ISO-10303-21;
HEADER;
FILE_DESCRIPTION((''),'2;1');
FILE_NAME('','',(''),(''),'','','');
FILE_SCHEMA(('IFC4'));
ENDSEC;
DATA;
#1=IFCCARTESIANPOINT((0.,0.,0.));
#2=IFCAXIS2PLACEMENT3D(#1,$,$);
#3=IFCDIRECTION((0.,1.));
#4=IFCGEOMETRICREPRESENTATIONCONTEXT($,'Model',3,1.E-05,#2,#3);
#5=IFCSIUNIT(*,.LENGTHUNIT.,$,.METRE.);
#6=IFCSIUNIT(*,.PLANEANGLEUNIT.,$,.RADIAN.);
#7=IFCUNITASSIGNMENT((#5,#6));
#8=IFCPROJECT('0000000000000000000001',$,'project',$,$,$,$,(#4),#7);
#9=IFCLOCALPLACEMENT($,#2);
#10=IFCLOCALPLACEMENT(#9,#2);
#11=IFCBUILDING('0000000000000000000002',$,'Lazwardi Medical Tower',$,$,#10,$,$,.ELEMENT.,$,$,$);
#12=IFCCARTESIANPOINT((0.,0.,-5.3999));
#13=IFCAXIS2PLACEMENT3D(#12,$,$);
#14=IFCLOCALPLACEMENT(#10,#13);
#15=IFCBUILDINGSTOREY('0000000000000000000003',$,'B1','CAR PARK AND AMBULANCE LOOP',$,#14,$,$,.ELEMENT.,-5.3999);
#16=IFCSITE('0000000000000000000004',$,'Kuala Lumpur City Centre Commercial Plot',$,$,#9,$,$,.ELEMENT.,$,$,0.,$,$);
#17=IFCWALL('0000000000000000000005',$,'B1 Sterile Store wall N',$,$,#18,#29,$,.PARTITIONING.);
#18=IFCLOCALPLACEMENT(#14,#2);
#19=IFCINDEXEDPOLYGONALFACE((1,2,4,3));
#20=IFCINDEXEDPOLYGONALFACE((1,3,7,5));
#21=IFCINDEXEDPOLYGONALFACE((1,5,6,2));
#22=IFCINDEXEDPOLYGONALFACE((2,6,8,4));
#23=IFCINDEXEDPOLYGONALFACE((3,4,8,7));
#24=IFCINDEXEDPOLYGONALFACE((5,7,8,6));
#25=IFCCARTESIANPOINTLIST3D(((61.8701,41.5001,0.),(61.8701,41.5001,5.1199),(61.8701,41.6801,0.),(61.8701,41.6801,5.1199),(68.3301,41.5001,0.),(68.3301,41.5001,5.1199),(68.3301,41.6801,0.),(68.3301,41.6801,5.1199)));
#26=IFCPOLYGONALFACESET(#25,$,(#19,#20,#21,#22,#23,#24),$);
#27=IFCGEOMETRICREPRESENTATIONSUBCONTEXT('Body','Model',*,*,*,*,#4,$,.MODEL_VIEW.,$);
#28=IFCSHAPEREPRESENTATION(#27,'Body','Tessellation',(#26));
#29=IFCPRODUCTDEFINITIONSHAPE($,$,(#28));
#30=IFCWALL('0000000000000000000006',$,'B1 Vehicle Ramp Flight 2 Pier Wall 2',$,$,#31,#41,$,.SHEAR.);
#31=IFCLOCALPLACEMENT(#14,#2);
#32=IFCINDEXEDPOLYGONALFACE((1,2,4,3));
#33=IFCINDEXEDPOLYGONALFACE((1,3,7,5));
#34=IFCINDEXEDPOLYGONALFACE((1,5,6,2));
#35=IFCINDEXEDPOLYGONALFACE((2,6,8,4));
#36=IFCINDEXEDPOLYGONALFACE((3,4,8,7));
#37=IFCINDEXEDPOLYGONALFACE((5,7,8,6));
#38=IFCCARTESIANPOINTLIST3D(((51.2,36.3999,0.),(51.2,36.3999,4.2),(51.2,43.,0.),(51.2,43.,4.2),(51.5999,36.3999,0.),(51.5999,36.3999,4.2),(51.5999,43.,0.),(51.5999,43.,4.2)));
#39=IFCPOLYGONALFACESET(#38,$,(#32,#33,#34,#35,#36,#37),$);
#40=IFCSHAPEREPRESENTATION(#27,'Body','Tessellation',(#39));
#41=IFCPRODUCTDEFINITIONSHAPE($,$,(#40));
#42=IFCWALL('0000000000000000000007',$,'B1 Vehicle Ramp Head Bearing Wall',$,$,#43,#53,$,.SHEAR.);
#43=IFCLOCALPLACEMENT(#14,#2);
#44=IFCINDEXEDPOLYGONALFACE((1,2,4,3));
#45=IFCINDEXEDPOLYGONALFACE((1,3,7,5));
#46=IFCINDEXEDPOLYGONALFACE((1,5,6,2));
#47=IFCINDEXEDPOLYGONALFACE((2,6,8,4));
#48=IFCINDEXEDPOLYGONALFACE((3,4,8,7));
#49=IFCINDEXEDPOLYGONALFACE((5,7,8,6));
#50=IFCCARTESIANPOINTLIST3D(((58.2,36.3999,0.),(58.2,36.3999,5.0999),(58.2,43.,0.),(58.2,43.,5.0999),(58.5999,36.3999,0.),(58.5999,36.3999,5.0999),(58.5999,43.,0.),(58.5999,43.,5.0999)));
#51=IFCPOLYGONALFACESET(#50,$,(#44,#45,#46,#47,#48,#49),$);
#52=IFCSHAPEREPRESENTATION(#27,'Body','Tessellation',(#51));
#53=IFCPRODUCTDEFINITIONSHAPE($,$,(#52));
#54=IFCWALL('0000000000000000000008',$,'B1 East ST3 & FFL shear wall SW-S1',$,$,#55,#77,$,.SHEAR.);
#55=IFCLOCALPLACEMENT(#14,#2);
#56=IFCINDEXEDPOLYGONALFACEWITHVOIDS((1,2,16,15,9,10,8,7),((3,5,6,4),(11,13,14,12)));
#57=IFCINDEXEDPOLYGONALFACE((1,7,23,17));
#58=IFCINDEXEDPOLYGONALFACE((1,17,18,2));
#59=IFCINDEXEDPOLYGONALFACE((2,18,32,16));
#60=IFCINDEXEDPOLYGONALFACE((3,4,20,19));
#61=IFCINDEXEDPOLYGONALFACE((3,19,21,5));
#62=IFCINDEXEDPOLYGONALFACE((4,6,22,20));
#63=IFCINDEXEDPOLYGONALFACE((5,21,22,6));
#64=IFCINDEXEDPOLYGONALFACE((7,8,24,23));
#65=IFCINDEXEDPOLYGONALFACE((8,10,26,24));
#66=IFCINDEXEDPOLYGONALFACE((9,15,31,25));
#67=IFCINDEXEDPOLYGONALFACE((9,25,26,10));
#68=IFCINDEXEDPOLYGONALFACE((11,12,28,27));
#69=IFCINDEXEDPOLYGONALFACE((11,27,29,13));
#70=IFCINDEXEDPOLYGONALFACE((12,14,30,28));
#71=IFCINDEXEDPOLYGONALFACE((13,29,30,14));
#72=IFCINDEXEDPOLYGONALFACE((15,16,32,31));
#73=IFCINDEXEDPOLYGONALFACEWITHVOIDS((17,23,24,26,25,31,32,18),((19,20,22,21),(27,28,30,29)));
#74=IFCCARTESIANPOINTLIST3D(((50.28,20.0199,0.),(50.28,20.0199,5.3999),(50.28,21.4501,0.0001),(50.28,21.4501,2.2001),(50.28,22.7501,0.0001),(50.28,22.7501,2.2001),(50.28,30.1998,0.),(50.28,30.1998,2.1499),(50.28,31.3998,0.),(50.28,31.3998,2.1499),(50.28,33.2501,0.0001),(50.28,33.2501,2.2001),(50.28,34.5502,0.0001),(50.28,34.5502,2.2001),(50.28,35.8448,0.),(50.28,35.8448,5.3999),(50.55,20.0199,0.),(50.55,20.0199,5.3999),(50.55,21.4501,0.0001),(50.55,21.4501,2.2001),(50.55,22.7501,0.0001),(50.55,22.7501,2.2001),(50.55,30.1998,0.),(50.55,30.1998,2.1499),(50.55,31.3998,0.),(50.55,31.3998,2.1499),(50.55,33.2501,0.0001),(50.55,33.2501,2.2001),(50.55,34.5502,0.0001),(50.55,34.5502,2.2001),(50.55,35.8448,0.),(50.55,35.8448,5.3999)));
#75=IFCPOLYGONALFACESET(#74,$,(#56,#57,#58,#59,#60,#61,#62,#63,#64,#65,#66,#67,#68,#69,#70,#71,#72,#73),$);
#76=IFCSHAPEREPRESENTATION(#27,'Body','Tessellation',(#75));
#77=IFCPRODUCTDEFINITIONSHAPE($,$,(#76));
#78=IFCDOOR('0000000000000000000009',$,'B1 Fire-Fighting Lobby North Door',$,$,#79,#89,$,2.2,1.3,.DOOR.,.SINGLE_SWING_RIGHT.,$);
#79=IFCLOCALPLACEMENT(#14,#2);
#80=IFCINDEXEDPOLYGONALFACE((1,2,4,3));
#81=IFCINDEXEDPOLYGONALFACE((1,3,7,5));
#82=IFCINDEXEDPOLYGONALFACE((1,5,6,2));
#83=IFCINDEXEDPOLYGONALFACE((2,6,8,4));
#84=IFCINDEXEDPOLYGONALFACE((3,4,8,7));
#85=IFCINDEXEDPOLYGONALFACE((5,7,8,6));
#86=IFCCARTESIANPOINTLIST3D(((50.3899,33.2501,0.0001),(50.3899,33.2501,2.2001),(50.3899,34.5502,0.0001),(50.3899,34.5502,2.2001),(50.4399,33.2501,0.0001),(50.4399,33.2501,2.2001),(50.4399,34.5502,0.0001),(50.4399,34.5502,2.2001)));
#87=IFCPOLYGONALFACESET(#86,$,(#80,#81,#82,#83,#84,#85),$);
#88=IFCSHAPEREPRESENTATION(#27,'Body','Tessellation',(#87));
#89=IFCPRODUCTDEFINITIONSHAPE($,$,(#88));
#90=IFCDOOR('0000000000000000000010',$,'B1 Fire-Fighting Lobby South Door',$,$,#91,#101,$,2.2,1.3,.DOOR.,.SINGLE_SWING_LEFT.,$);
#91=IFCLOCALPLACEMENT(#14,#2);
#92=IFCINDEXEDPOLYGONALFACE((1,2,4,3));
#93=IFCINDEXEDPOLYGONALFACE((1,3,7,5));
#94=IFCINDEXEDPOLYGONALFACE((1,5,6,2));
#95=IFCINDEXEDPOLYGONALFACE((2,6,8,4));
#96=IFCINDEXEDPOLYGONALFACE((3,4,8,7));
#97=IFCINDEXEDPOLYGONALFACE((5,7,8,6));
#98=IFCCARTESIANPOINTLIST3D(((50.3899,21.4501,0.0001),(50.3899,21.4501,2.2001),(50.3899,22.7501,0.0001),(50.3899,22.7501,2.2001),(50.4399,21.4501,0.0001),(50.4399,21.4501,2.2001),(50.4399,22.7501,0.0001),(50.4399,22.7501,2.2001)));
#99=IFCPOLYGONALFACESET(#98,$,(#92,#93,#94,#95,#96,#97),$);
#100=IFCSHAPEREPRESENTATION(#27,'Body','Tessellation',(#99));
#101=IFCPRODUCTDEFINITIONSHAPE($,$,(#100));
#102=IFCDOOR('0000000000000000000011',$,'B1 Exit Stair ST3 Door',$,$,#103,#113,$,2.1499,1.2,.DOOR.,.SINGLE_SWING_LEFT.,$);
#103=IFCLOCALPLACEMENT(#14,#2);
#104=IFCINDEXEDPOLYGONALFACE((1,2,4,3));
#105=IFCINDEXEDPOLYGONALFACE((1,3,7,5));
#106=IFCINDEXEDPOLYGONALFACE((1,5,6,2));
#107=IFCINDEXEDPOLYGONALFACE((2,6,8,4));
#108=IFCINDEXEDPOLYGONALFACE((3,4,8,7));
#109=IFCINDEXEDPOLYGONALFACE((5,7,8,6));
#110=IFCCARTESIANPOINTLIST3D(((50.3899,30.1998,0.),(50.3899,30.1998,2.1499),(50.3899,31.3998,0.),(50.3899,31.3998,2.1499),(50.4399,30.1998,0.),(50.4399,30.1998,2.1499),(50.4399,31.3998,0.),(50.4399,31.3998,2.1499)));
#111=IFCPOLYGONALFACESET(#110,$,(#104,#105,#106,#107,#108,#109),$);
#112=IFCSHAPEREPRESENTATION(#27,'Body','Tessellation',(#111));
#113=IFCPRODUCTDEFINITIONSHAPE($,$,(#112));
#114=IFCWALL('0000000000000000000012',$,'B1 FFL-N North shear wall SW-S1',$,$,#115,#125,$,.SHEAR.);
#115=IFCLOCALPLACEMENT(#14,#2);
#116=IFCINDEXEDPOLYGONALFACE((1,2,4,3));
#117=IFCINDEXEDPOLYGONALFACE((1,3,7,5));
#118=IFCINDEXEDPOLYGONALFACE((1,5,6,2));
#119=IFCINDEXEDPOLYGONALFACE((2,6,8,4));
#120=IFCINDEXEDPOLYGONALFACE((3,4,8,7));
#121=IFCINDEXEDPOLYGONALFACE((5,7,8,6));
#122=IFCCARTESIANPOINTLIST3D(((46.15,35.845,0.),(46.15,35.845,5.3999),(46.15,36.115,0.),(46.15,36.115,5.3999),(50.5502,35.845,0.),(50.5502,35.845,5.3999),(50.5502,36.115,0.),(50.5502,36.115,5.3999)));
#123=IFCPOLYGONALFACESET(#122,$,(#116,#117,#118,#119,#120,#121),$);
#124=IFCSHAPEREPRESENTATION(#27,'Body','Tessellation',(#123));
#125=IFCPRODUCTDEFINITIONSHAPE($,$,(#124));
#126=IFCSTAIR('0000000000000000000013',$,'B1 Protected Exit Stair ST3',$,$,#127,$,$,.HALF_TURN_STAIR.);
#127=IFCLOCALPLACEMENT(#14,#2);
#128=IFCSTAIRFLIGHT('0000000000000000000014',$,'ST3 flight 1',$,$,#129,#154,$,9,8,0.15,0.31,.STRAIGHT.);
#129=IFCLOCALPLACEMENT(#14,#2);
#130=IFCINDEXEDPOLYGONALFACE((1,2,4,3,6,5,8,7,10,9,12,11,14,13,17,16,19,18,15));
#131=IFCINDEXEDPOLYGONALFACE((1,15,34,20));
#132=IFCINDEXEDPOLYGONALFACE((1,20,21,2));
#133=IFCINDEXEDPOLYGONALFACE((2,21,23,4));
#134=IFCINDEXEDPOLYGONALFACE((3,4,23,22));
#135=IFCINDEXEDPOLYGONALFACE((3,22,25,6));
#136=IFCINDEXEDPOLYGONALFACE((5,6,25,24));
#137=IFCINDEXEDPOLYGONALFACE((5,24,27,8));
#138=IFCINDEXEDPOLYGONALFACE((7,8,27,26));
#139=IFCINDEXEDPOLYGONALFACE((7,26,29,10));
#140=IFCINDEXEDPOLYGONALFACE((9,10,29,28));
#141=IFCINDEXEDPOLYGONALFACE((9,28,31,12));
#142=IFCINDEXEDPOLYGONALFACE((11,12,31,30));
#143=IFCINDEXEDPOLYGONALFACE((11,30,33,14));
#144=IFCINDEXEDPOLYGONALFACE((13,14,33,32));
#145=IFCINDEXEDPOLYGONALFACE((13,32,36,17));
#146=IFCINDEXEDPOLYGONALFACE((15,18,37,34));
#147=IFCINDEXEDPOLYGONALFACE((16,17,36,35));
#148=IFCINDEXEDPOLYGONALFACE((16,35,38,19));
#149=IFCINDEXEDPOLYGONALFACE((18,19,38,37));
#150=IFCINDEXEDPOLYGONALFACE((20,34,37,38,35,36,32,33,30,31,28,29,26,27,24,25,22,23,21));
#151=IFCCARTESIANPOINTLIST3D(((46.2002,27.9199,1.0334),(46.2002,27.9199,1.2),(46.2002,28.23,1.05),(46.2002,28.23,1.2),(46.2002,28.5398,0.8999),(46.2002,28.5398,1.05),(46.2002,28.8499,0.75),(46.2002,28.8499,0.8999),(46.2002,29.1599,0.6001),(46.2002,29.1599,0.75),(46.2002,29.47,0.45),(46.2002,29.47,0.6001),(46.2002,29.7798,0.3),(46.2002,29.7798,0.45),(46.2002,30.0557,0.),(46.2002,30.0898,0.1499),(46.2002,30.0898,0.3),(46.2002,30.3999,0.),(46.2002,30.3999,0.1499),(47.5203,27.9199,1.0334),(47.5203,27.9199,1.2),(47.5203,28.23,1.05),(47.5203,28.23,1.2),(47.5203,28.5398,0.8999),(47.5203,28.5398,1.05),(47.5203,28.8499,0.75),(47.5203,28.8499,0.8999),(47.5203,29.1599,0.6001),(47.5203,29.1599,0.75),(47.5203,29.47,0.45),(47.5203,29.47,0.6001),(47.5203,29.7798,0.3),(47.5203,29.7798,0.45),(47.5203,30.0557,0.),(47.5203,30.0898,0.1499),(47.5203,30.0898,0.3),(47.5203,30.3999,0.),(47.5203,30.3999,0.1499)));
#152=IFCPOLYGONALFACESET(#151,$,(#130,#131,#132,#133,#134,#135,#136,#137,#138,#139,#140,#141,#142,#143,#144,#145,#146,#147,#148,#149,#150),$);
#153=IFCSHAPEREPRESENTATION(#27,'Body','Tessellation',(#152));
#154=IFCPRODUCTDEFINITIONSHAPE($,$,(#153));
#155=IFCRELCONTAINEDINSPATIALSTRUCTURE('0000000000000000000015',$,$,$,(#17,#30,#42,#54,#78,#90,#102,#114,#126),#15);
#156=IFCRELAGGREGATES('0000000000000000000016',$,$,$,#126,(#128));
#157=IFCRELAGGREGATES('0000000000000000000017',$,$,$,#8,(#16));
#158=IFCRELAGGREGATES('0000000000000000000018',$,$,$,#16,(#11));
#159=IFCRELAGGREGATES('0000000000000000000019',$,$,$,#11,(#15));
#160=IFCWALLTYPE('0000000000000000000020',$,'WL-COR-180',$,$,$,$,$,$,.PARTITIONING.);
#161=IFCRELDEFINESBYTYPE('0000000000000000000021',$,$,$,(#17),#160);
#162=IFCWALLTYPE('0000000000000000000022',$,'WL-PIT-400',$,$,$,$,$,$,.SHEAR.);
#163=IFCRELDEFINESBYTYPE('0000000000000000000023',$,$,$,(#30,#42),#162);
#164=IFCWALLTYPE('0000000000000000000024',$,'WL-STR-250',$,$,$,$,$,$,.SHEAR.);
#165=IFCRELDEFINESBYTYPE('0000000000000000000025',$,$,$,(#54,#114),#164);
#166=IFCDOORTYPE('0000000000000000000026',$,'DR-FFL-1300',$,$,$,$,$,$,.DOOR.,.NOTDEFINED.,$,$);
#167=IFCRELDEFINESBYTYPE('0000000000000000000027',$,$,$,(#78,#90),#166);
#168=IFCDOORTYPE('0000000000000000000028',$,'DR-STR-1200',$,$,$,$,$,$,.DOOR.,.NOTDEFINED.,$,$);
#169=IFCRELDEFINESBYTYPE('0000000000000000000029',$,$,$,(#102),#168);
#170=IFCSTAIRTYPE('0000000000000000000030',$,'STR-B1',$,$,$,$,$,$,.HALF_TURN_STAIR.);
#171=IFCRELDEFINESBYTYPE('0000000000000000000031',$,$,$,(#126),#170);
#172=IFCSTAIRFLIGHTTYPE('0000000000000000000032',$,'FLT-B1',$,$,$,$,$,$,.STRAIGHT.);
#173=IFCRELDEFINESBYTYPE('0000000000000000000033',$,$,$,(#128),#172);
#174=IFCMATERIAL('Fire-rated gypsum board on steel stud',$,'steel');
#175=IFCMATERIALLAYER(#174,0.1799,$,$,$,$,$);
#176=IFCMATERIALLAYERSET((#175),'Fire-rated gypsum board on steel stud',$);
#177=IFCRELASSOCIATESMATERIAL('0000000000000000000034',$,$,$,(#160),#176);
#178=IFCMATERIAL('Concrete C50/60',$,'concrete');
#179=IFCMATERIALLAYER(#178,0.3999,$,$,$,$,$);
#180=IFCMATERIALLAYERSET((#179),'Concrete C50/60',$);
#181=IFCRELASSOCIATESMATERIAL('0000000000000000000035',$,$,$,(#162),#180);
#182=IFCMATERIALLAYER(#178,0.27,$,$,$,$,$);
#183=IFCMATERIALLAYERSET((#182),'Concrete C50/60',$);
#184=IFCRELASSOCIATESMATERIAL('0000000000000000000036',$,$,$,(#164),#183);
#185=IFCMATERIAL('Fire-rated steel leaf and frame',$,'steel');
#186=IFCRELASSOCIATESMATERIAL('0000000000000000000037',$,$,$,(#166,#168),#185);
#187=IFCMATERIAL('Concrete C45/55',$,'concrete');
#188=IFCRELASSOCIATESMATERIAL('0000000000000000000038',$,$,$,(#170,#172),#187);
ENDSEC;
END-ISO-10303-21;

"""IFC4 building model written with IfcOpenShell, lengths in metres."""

from ifc_helpers import new_model, si_unit, direction, frame, frame_2d, origin, place, context, subcontext, project, spatial, polyline, rectangle, outline, extrude, material, layer, layer_set, type_object, element, fill, aggregate, save


model = new_model("IFC4")

# Units and contexts
model_context = context("Model", 3, precision=1e-05, world=origin(), true_north=direction((0.0, 1.0)))
body_context = subcontext(model_context, "Body", "Model", "MODEL_VIEW")
ifc_project = project(units=[si_unit("LENGTHUNIT", "METRE"), si_unit("PLANEANGLEUNIT", "RADIAN")], contexts=[model_context])

# Site, building, storey
site_placement = place(None, origin())
site = spatial("IfcSite", under=ifc_project, at=site_placement, Name="Kuala Lumpur City Centre Commercial Plot", CompositionType="ELEMENT", RefElevation=0.0)
building_placement = place(site_placement, origin())
building = spatial("IfcBuilding", under=site, at=building_placement, Name="Lazwardi Medical Tower", CompositionType="ELEMENT")
storey_placement = place(building_placement, frame((0.0, 0.0, -5.3999)))
storey = spatial("IfcBuildingStorey", under=building, at=storey_placement, Name="B1", Description="CAR PARK AND AMBULANCE LOOP", CompositionType="ELEMENT", Elevation=-5.3999)

# Shared definitions
ifc_material_1 = material(Name="Concrete C50/60", Category="concrete")

# Walls
ifc_material_2 = material(Name="Fire-rated gypsum board on steel stud", Category="steel")
ifc_layer_1 = layer(ifc_material_2, 0.1799)
ifc_layer_set_1 = layer_set([ifc_layer_1], Name="Fire-rated gypsum board on steel stud")
wall_type_1 = type_object("IfcWallType", Name="WL-COR-180", PredefinedType="PARTITIONING", material=ifc_layer_set_1)
wall_1_placement = place(storey_placement, frame((61.8701, 41.5901, 0.0), z_axis=(0.0, 0.0, 1.0), x_axis=(1.0, 0.0, 0.0)))
element("IfcWall", 1, at=wall_1_placement, inside=storey, type_object=wall_type_1, Name="B1 Sterile Store wall N", PredefinedType="PARTITIONING", context=body_context, shape_type="SweptSolid", body=[
    extrude(rectangle(XDim=6.46, YDim=0.1799, at=frame_2d((3.23, 0.0))), origin(), (0.0, 0.0, 1.0), 5.1199),
])
ifc_layer_2 = layer(ifc_material_1, 0.3999)
ifc_layer_set_2 = layer_set([ifc_layer_2], Name="Concrete C50/60")
wall_type_2 = type_object("IfcWallType", Name="WL-PIT-400", PredefinedType="SHEAR", material=ifc_layer_set_2)
wall_2_placement = place(storey_placement, frame((51.3999, 36.3999, 0.0), z_axis=(0.0, 0.0, 1.0), x_axis=(0.0, 1.0, 0.0)))
element("IfcWall", 2, at=wall_2_placement, inside=storey, type_object=wall_type_2, Name="B1 Vehicle Ramp Flight 2 Pier Wall 2", PredefinedType="SHEAR", context=body_context, shape_type="SweptSolid", body=[
    extrude(rectangle(XDim=6.6001, YDim=0.3999, at=frame_2d((3.3, 0.0))), origin(), (0.0, 0.0, 1.0), 4.2),
])
wall_3_placement = place(storey_placement, frame((58.3999, 36.3999, 0.0), z_axis=(0.0, 0.0, 1.0), x_axis=(0.0, 1.0, 0.0)))
element("IfcWall", 3, at=wall_3_placement, inside=storey, type_object=wall_type_2, Name="B1 Vehicle Ramp Head Bearing Wall", PredefinedType="SHEAR", context=body_context, shape_type="SweptSolid", body=[
    extrude(rectangle(XDim=6.6001, YDim=0.3999, at=frame_2d((3.3, 0.0))), origin(), (0.0, 0.0, 1.0), 5.0999),
])

# Wall, openings, doors
ifc_layer_3 = layer(ifc_material_1, 0.27)
ifc_layer_set_3 = layer_set([ifc_layer_3], Name="Concrete C50/60")
wall_type_3 = type_object("IfcWallType", Name="WL-STR-250", PredefinedType="SHEAR", material=ifc_layer_set_3)
wall_4_placement = place(storey_placement, frame((50.415, 35.845, 0.0), z_axis=(0.0, 0.0, 1.0), x_axis=(0.0, -1.0, 0.0)))
wall_4 = element("IfcWall", 4, at=wall_4_placement, inside=storey, type_object=wall_type_3, Name="B1 East ST3 & FFL shear wall SW-S1", PredefinedType="SHEAR", context=body_context, shape_type="SweptSolid", body=[
    extrude(rectangle(XDim=15.825, YDim=0.27, at=frame_2d((7.9126, 0.0))), origin(), (0.0, 0.0, 1.0), 5.3999),
])
opening_1_placement = place(wall_4_placement, frame((4.4451, 0.0, 0.0)))
opening_1 = element("IfcOpeningElement", 5, at=opening_1_placement, cuts=wall_4, PredefinedType="OPENING", context=body_context, shape_type="SweptSolid", body=[
    extrude(rectangle(XDim=1.2, YDim=2.1499, at=frame_2d((0.6001, 1.075))), frame((0.0, 0.145, 0.0), z_axis=(0.0, -1.0, 0.0), x_axis=(1.0, 0.0, 0.0)), (0.0, 0.0, 1.0), 0.29),
])
opening_2_placement = place(wall_4_placement, frame((1.2949, 0.0, 0.0)))
opening_2 = element("IfcOpeningElement", 6, at=opening_2_placement, cuts=wall_4, PredefinedType="OPENING", context=body_context, shape_type="SweptSolid", body=[
    extrude(rectangle(XDim=1.3, YDim=2.2, at=frame_2d((0.6499, 1.1001))), frame((0.0, 0.145, 0.0), z_axis=(0.0, -1.0, 0.0), x_axis=(1.0, 0.0, 0.0)), (0.0, 0.0, 1.0), 0.29),
])
opening_3_placement = place(wall_4_placement, frame((13.095, 0.0, 0.0)))
opening_3 = element("IfcOpeningElement", 7, at=opening_3_placement, cuts=wall_4, PredefinedType="OPENING", context=body_context, shape_type="SweptSolid", body=[
    extrude(rectangle(XDim=1.3, YDim=2.2, at=frame_2d((0.6499, 1.1001))), frame((0.0, 0.145, 0.0), z_axis=(0.0, -1.0, 0.0), x_axis=(1.0, 0.0, 0.0)), (0.0, 0.0, 1.0), 0.29),
])
ifc_material_3 = material(Name="Fire-rated steel leaf and frame", Category="steel")
door_type_1 = type_object("IfcDoorType", Name="DR-FFL-1300", OperationType="NOTDEFINED", PredefinedType="DOOR", material=ifc_material_3)
door_1_placement = place(opening_2_placement, origin())
door_1 = element("IfcDoor", 8, at=door_1_placement, inside=storey, type_object=door_type_1, Name="B1 Fire-Fighting Lobby North Door", OperationType="SINGLE_SWING_RIGHT", OverallHeight=2.2, OverallWidth=1.3, PredefinedType="DOOR", context=body_context, shape_type="SweptSolid", body=[
    extrude(rectangle(XDim=1.3, YDim=2.2, at=frame_2d((0.6499, 1.1001))), frame((0.0, 0.0249, 0.0), z_axis=(0.0, -1.0, 0.0), x_axis=(1.0, 0.0, 0.0)), (0.0, 0.0, 1.0), 0.05),
])
fill(opening_2, door_1)
door_2_placement = place(opening_3_placement, origin())
door_2 = element("IfcDoor", 9, at=door_2_placement, inside=storey, type_object=door_type_1, Name="B1 Fire-Fighting Lobby South Door", OperationType="SINGLE_SWING_LEFT", OverallHeight=2.2, OverallWidth=1.3, PredefinedType="DOOR", context=body_context, shape_type="SweptSolid", body=[
    extrude(rectangle(XDim=1.3, YDim=2.2, at=frame_2d((0.6499, 1.1001))), frame((0.0, 0.0249, 0.0), z_axis=(0.0, -1.0, 0.0), x_axis=(1.0, 0.0, 0.0)), (0.0, 0.0, 1.0), 0.05),
])
fill(opening_3, door_2)
door_type_2 = type_object("IfcDoorType", Name="DR-STR-1200", OperationType="NOTDEFINED", PredefinedType="DOOR", material=ifc_material_3)
door_3_placement = place(opening_1_placement, origin())
door_3 = element("IfcDoor", 10, at=door_3_placement, inside=storey, type_object=door_type_2, Name="B1 Exit Stair ST3 Door", OperationType="SINGLE_SWING_LEFT", OverallHeight=2.1499, OverallWidth=1.2, PredefinedType="DOOR", context=body_context, shape_type="SweptSolid", body=[
    extrude(rectangle(XDim=1.2, YDim=2.1499, at=frame_2d((0.6001, 1.075))), frame((0.0, 0.0249, 0.0), z_axis=(0.0, -1.0, 0.0), x_axis=(1.0, 0.0, 0.0)), (0.0, 0.0, 1.0), 0.05),
])
fill(opening_1, door_3)

# Wall
wall_5_placement = place(storey_placement, frame((46.1499, 35.98, 0.0), z_axis=(0.0, 0.0, 1.0), x_axis=(1.0, 0.0, 0.0)))
element("IfcWall", 11, at=wall_5_placement, inside=storey, type_object=wall_type_3, Name="B1 FFL-N North shear wall SW-S1", PredefinedType="SHEAR", context=body_context, shape_type="SweptSolid", body=[
    extrude(rectangle(XDim=4.4001, YDim=0.27, at=frame_2d((2.2002, 0.0))), origin(), (0.0, 0.0, 1.0), 5.3999),
])

# Stair, stair flight
ifc_material_4 = material(Name="Concrete C45/55", Category="concrete")
stair_type = type_object("IfcStairType", Name="STR-B1", PredefinedType="HALF_TURN_STAIR", material=ifc_material_4)
stair_placement = place(storey_placement, origin())
stair = element("IfcStair", 12, at=stair_placement, inside=storey, type_object=stair_type, Name="B1 Protected Exit Stair ST3", PredefinedType="HALF_TURN_STAIR")
stair_flight_type = type_object("IfcStairFlightType", Name="FLT-B1", PredefinedType="STRAIGHT", material=ifc_material_4)
stair_flight_1_placement = place(storey_placement, frame((46.8601, 30.3999, 0.0), z_axis=(0.0, 0.0, 1.0), x_axis=(0.0, -1.0, 0.0)))
stair_flight_1 = element("IfcStairFlight", 13, at=stair_flight_1_placement, type_object=stair_flight_type, Name="ST3 flight 1", NumberOfRisers=9, NumberOfTreads=8, PredefinedType="STRAIGHT", RiserHeight=0.15, TreadLength=0.31, context=body_context, shape_type="SweptSolid", body=[
    extrude(outline(polyline([(0.0, 0.0), (0.0, 0.1499), (0.3101, 0.1499), (0.3101, 0.3), (0.6201, 0.3), (0.6201, 0.45), (0.9299, 0.45), (0.9299, 0.6001), (1.24, 0.6001), (1.24, 0.75), (1.55, 0.75), (1.55, 0.8999), (1.8601, 0.8999), (1.8601, 1.05), (2.1699, 1.05), (2.1699, 1.2), (2.48, 1.2), (2.48, 1.3501), (2.48, 1.0334), (0.3442, 0.0), (0.0, 0.0)])), frame((0.0, 0.6602, 0.0), z_axis=(0.0, -1.0, 0.0), x_axis=(1.0, 0.0, 0.0)), (0.0, 0.0, 1.0), 1.3201),
])
aggregate(stair, [stair_flight_1])

save(model, "model.ifc")
